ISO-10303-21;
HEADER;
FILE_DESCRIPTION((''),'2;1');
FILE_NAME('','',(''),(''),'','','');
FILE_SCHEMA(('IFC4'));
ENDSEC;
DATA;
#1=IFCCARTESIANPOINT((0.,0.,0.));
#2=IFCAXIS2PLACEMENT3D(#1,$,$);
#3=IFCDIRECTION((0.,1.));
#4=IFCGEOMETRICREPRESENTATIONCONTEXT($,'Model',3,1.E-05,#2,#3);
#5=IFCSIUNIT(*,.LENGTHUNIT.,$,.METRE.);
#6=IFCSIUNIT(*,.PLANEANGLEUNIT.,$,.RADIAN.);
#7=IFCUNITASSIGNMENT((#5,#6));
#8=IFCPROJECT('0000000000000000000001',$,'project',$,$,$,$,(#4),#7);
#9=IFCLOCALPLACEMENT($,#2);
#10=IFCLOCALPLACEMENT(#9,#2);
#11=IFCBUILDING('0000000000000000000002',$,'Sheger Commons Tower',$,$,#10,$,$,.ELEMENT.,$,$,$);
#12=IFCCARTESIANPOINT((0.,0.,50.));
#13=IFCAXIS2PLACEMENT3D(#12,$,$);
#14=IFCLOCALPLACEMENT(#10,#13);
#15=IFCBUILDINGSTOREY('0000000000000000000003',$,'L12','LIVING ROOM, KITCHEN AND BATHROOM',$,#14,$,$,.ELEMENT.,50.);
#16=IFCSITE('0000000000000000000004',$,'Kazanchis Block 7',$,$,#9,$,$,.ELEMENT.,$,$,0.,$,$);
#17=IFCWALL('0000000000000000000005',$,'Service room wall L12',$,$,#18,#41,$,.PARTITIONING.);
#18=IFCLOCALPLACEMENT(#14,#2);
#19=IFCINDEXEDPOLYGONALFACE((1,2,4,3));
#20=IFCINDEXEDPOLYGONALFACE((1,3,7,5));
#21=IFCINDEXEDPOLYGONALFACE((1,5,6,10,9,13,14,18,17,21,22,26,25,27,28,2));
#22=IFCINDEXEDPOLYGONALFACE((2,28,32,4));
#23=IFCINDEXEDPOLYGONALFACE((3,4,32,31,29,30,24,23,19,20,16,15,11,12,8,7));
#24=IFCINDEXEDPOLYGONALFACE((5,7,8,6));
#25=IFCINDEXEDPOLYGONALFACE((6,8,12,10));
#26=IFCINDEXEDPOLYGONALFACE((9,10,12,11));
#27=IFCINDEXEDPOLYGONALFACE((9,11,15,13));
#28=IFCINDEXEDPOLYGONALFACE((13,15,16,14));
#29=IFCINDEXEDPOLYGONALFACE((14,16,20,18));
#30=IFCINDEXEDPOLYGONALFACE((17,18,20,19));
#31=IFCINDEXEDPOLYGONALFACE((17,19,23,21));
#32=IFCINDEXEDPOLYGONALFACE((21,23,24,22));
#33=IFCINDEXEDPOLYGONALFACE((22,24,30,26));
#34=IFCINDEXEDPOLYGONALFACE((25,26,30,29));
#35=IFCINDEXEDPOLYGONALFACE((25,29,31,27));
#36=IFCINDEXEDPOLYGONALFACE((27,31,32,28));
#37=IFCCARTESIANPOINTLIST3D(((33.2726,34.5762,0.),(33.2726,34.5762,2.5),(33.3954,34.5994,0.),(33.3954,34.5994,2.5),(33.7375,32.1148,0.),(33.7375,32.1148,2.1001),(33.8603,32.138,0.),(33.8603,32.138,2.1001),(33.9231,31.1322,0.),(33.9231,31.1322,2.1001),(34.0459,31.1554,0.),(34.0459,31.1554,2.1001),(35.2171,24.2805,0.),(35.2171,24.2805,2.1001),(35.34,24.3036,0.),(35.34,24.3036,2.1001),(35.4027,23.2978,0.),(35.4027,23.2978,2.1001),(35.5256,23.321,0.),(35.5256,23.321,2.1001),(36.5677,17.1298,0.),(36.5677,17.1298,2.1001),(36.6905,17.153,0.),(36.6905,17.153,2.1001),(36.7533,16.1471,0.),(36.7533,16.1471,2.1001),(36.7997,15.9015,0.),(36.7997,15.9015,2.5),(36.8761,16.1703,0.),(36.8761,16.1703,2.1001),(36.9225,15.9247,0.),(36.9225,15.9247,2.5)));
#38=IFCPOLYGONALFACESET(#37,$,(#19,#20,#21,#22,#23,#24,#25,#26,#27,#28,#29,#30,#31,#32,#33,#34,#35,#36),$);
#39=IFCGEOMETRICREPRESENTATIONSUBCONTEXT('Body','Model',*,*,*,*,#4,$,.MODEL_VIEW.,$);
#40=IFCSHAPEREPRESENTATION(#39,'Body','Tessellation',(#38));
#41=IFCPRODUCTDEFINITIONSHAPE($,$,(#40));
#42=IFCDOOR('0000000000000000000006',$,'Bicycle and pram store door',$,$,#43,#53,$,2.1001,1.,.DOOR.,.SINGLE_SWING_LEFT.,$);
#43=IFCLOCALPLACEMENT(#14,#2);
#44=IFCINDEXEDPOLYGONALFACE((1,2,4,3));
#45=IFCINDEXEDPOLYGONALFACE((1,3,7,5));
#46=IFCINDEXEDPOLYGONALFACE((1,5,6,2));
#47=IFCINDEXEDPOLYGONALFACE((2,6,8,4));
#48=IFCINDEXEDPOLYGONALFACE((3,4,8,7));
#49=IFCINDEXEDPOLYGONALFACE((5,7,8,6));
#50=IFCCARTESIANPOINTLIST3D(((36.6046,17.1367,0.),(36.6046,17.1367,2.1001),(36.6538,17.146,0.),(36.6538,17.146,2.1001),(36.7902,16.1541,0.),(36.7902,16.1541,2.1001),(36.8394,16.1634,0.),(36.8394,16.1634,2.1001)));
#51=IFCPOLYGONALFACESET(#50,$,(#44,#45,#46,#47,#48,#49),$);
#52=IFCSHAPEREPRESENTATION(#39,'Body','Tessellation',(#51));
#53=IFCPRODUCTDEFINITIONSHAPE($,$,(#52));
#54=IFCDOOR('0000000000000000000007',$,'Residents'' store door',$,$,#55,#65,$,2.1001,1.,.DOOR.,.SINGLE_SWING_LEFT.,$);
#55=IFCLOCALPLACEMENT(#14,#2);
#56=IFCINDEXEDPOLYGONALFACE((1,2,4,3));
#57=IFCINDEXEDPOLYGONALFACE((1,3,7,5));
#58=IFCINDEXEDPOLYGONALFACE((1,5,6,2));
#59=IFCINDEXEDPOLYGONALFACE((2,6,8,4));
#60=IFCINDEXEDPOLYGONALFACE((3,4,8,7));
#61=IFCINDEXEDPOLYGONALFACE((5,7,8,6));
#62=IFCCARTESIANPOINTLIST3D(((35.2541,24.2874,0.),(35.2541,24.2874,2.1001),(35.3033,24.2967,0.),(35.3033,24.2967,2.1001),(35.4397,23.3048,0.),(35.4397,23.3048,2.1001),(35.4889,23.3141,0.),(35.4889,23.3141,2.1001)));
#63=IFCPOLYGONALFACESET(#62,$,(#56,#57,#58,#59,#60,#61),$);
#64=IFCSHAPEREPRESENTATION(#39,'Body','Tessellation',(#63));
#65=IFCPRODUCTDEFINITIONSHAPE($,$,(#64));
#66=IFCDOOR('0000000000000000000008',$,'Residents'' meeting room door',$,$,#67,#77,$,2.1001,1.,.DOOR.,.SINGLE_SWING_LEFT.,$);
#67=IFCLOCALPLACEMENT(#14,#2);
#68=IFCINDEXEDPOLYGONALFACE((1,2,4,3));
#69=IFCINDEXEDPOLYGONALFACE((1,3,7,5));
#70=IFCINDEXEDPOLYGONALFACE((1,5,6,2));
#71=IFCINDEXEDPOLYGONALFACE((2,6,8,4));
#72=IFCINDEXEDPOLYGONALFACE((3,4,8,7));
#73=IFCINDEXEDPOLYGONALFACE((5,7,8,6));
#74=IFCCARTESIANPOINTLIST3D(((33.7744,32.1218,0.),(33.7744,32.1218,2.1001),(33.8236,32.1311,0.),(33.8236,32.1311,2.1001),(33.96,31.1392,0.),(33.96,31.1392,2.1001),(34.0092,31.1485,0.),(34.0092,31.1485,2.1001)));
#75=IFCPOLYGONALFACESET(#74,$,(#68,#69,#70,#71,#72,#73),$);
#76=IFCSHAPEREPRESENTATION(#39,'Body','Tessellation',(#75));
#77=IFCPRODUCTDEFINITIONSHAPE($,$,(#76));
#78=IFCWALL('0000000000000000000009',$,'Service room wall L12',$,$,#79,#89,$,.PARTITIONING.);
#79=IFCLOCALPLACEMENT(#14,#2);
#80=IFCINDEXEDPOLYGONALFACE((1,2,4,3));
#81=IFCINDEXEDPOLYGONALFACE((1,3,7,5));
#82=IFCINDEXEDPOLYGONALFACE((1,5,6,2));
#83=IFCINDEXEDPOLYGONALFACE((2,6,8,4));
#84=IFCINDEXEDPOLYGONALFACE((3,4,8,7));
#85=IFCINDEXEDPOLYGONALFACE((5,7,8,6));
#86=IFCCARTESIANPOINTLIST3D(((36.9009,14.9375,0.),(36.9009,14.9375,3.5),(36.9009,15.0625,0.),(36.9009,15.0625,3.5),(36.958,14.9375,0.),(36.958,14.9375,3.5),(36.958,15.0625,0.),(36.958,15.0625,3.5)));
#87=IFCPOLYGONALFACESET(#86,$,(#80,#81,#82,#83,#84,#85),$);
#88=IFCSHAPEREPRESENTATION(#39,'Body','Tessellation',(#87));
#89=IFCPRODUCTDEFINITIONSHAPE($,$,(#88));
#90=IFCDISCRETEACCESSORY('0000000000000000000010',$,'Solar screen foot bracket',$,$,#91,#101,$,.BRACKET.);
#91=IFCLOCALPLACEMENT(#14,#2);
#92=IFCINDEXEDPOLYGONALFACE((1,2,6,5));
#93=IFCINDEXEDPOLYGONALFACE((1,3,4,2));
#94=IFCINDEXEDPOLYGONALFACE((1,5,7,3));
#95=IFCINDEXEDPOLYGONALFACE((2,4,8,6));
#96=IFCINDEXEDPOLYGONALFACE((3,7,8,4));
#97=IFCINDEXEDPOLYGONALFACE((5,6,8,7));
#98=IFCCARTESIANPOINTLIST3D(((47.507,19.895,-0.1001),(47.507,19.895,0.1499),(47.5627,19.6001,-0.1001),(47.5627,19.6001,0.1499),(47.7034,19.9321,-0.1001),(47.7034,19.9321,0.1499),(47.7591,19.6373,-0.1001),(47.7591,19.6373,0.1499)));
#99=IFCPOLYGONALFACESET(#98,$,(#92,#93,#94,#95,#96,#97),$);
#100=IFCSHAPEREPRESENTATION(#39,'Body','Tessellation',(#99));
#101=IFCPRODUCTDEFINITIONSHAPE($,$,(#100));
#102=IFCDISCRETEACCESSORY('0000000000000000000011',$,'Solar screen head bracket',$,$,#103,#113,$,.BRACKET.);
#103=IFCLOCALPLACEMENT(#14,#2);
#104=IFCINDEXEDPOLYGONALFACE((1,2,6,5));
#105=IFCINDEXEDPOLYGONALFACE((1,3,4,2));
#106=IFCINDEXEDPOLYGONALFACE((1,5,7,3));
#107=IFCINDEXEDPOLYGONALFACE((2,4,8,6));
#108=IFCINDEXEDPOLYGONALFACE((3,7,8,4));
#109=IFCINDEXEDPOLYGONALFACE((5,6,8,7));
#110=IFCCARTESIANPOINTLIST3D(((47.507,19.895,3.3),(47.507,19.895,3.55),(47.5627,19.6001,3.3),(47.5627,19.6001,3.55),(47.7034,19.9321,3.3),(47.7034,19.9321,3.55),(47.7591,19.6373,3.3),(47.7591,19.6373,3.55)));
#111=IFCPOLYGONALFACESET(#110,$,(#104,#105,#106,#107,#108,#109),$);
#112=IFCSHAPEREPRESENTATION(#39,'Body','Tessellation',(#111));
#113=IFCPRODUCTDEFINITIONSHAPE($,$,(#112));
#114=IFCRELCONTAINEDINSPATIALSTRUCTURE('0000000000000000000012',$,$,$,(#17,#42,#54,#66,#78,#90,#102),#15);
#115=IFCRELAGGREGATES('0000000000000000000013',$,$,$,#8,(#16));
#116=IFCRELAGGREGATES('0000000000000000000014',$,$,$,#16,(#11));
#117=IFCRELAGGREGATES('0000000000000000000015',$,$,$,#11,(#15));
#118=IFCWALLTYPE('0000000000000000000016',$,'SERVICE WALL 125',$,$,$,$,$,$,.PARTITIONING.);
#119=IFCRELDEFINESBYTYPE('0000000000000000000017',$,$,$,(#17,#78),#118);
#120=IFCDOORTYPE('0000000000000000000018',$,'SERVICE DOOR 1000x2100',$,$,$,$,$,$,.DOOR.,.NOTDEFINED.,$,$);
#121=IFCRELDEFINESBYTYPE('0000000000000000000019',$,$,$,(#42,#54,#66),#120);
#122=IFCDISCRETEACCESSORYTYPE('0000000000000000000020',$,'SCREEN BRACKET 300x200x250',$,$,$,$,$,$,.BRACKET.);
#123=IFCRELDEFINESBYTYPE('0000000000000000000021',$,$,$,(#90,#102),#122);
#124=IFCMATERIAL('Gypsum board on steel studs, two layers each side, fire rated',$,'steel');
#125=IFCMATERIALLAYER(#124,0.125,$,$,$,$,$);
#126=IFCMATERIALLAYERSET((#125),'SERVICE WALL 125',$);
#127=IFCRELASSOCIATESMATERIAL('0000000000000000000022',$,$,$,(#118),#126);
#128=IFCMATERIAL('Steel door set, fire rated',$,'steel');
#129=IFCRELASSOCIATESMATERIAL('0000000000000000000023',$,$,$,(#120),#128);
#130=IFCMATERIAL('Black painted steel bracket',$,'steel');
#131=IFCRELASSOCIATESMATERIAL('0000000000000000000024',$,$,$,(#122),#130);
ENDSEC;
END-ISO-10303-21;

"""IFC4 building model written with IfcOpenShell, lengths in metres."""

from ifc_helpers import new_model, si_unit, direction, frame, frame_2d, origin, origin_2d, place, context, subcontext, project, spatial, rectangle, extrude, material, layer, layer_set, type_object, element, fill, save


model = new_model("IFC4")

# Units and contexts
model_context = context("Model", 3, precision=1e-05, world=origin(), true_north=direction((0.0, 1.0)))
body_context = subcontext(model_context, "Body", "Model", "MODEL_VIEW")
ifc_project = project(units=[si_unit("LENGTHUNIT", "METRE"), si_unit("PLANEANGLEUNIT", "RADIAN")], contexts=[model_context])

# Site, building, storey
site_placement = place(None, origin())
site = spatial("IfcSite", under=ifc_project, at=site_placement, Name="Kazanchis Block 7", CompositionType="ELEMENT", RefElevation=0.0)
building_placement = place(site_placement, origin())
building = spatial("IfcBuilding", under=site, at=building_placement, Name="Sheger Commons Tower", CompositionType="ELEMENT")
storey_placement = place(building_placement, frame((0.0, 0.0, 50.0)))
storey = spatial("IfcBuildingStorey", under=building, at=storey_placement, Name="L12", Description="LIVING ROOM, KITCHEN AND BATHROOM", CompositionType="ELEMENT", Elevation=50.0)

# Wall, openings, doors
ifc_material_1 = material(Name="Gypsum board on steel studs, two layers each side, fire rated", Category="steel")
ifc_layer_1 = layer(ifc_material_1, 0.125)
ifc_layer_set_1 = layer_set([ifc_layer_1], Name="SERVICE WALL 125")
wall_type_1 = type_object("IfcWallType", Name="SERVICE WALL 125", PredefinedType="PARTITIONING", material=ifc_layer_set_1)
wall_1_placement = place(storey_placement, frame((36.8611, 15.9131, 0.0), z_axis=(0.0, 0.0, 1.0), x_axis=(-0.185588, 0.982628, 0.0)))
wall_1 = element("IfcWall", 1, at=wall_1_placement, inside=storey, type_object=wall_type_1, Name="Service room wall L12", PredefinedType="PARTITIONING", context=body_context, shape_type="SweptSolid", body=[
    extrude(rectangle(XDim=19.0049, YDim=0.125, at=frame_2d((9.5024, 0.0))), origin(), (0.0, 0.0, 1.0), 2.5),
])
opening_1_placement = place(wall_1_placement, frame((0.25, 0.0, 0.0)))
opening_1 = element("IfcOpeningElement", 2, at=opening_1_placement, cuts=wall_1, PredefinedType="OPENING", context=body_context, shape_type="SweptSolid", body=[
    extrude(rectangle(XDim=1.0, YDim=2.1001, at=frame_2d((0.5, 1.05))), frame((0.0, 0.0725, 0.0), z_axis=(0.0, -1.0, 0.0), x_axis=(1.0, 0.0, 0.0)), (0.0, 0.0, 1.0), 0.145),
])
opening_2_placement = place(wall_1_placement, frame((7.5271, 0.0, 0.0)))
opening_2 = element("IfcOpeningElement", 3, at=opening_2_placement, cuts=wall_1, PredefinedType="OPENING", context=body_context, shape_type="SweptSolid", body=[
    extrude(rectangle(XDim=1.0, YDim=2.1001, at=frame_2d((0.5, 1.05))), frame((0.0, 0.0725, 0.0), z_axis=(0.0, -1.0, 0.0), x_axis=(1.0, 0.0, 0.0)), (0.0, 0.0, 1.0), 0.145),
])
opening_3_placement = place(wall_1_placement, frame((15.5, 0.0, 0.0)))
opening_3 = element("IfcOpeningElement", 4, at=opening_3_placement, cuts=wall_1, PredefinedType="OPENING", context=body_context, shape_type="SweptSolid", body=[
    extrude(rectangle(XDim=1.0, YDim=2.1001, at=frame_2d((0.5, 1.05))), frame((0.0, 0.0725, 0.0), z_axis=(0.0, -1.0, 0.0), x_axis=(1.0, 0.0, 0.0)), (0.0, 0.0, 1.0), 0.145),
])
ifc_material_2 = material(Name="Steel door set, fire rated", Category="steel")
door_type = type_object("IfcDoorType", Name="SERVICE DOOR 1000x2100", OperationType="NOTDEFINED", PredefinedType="DOOR", material=ifc_material_2)
door_1_placement = place(opening_1_placement, origin())
door_1 = element("IfcDoor", 5, at=door_1_placement, inside=storey, type_object=door_type, Name="Bicycle and pram store door", OperationType="SINGLE_SWING_LEFT", OverallHeight=2.1001, OverallWidth=1.0, PredefinedType="DOOR", context=body_context, shape_type="SweptSolid", body=[
    extrude(rectangle(XDim=1.0, YDim=2.1001, at=frame_2d((0.5, 1.05))), frame((0.0, 0.0249, 0.0), z_axis=(0.0, -1.0, 0.0), x_axis=(1.0, 0.0, 0.0)), (0.0, 0.0, 1.0), 0.05),
])
fill(opening_1, door_1)
door_2_placement = place(opening_2_placement, origin())
door_2 = element("IfcDoor", 6, at=door_2_placement, inside=storey, type_object=door_type, Name="Residents' store door", OperationType="SINGLE_SWING_LEFT", OverallHeight=2.1001, OverallWidth=1.0, PredefinedType="DOOR", context=body_context, shape_type="SweptSolid", body=[
    extrude(rectangle(XDim=1.0, YDim=2.1001, at=frame_2d((0.5, 1.05))), frame((0.0, 0.0249, 0.0), z_axis=(0.0, -1.0, 0.0), x_axis=(1.0, 0.0, 0.0)), (0.0, 0.0, 1.0), 0.05),
])
fill(opening_2, door_2)
door_3_placement = place(opening_3_placement, origin())
door_3 = element("IfcDoor", 7, at=door_3_placement, inside=storey, type_object=door_type, Name="Residents' meeting room door", OperationType="SINGLE_SWING_LEFT", OverallHeight=2.1001, OverallWidth=1.0, PredefinedType="DOOR", context=body_context, shape_type="SweptSolid", body=[
    extrude(rectangle(XDim=1.0, YDim=2.1001, at=frame_2d((0.5, 1.05))), frame((0.0, 0.0249, 0.0), z_axis=(0.0, -1.0, 0.0), x_axis=(1.0, 0.0, 0.0)), (0.0, 0.0, 1.0), 0.05),
])
fill(opening_3, door_3)

# Wall
wall_2_placement = place(storey_placement, frame((36.9009, 15.0, 0.0), z_axis=(0.0, 0.0, 1.0), x_axis=(1.0, 0.0, 0.0)))
element("IfcWall", 8, at=wall_2_placement, inside=storey, type_object=wall_type_1, Name="Service room wall L12", PredefinedType="PARTITIONING", context=body_context, shape_type="SweptSolid", body=[
    extrude(rectangle(XDim=0.0571, YDim=0.125, at=frame_2d((0.0286, 0.0))), origin(), (0.0, 0.0, 1.0), 3.5),
])

# Discrete accessories
ifc_material_3 = material(Name="Black painted steel bracket", Category="steel")
discrete_accessory_type = type_object("IfcDiscreteAccessoryType", Name="SCREEN BRACKET 300x200x250", PredefinedType="BRACKET", material=ifc_material_3)
for number, where, z_axis, x_axis, name in (
    (9, (47.6331, 19.7661, -0.1001), (0.0, 0.0, 1.0), (-0.185615, 0.982623, 0.0), "Solar screen foot bracket"),
    (10, (47.6331, 19.7661, 3.3), (0.0, 0.0, 1.0), (-0.185615, 0.982623, 0.0), "Solar screen head bracket"),
):
    element("IfcDiscreteAccessory", number, at=place(storey_placement, frame(where, z_axis=z_axis, x_axis=x_axis)), inside=storey, type_object=discrete_accessory_type, Name=name, PredefinedType="BRACKET", context=body_context, shape_type="SweptSolid", body=[
        extrude(rectangle(XDim=0.3, YDim=0.2, at=origin_2d()), origin(), (0.0, 0.0, 1.0), 0.25),
    ])

save(model, "model.ifc")
